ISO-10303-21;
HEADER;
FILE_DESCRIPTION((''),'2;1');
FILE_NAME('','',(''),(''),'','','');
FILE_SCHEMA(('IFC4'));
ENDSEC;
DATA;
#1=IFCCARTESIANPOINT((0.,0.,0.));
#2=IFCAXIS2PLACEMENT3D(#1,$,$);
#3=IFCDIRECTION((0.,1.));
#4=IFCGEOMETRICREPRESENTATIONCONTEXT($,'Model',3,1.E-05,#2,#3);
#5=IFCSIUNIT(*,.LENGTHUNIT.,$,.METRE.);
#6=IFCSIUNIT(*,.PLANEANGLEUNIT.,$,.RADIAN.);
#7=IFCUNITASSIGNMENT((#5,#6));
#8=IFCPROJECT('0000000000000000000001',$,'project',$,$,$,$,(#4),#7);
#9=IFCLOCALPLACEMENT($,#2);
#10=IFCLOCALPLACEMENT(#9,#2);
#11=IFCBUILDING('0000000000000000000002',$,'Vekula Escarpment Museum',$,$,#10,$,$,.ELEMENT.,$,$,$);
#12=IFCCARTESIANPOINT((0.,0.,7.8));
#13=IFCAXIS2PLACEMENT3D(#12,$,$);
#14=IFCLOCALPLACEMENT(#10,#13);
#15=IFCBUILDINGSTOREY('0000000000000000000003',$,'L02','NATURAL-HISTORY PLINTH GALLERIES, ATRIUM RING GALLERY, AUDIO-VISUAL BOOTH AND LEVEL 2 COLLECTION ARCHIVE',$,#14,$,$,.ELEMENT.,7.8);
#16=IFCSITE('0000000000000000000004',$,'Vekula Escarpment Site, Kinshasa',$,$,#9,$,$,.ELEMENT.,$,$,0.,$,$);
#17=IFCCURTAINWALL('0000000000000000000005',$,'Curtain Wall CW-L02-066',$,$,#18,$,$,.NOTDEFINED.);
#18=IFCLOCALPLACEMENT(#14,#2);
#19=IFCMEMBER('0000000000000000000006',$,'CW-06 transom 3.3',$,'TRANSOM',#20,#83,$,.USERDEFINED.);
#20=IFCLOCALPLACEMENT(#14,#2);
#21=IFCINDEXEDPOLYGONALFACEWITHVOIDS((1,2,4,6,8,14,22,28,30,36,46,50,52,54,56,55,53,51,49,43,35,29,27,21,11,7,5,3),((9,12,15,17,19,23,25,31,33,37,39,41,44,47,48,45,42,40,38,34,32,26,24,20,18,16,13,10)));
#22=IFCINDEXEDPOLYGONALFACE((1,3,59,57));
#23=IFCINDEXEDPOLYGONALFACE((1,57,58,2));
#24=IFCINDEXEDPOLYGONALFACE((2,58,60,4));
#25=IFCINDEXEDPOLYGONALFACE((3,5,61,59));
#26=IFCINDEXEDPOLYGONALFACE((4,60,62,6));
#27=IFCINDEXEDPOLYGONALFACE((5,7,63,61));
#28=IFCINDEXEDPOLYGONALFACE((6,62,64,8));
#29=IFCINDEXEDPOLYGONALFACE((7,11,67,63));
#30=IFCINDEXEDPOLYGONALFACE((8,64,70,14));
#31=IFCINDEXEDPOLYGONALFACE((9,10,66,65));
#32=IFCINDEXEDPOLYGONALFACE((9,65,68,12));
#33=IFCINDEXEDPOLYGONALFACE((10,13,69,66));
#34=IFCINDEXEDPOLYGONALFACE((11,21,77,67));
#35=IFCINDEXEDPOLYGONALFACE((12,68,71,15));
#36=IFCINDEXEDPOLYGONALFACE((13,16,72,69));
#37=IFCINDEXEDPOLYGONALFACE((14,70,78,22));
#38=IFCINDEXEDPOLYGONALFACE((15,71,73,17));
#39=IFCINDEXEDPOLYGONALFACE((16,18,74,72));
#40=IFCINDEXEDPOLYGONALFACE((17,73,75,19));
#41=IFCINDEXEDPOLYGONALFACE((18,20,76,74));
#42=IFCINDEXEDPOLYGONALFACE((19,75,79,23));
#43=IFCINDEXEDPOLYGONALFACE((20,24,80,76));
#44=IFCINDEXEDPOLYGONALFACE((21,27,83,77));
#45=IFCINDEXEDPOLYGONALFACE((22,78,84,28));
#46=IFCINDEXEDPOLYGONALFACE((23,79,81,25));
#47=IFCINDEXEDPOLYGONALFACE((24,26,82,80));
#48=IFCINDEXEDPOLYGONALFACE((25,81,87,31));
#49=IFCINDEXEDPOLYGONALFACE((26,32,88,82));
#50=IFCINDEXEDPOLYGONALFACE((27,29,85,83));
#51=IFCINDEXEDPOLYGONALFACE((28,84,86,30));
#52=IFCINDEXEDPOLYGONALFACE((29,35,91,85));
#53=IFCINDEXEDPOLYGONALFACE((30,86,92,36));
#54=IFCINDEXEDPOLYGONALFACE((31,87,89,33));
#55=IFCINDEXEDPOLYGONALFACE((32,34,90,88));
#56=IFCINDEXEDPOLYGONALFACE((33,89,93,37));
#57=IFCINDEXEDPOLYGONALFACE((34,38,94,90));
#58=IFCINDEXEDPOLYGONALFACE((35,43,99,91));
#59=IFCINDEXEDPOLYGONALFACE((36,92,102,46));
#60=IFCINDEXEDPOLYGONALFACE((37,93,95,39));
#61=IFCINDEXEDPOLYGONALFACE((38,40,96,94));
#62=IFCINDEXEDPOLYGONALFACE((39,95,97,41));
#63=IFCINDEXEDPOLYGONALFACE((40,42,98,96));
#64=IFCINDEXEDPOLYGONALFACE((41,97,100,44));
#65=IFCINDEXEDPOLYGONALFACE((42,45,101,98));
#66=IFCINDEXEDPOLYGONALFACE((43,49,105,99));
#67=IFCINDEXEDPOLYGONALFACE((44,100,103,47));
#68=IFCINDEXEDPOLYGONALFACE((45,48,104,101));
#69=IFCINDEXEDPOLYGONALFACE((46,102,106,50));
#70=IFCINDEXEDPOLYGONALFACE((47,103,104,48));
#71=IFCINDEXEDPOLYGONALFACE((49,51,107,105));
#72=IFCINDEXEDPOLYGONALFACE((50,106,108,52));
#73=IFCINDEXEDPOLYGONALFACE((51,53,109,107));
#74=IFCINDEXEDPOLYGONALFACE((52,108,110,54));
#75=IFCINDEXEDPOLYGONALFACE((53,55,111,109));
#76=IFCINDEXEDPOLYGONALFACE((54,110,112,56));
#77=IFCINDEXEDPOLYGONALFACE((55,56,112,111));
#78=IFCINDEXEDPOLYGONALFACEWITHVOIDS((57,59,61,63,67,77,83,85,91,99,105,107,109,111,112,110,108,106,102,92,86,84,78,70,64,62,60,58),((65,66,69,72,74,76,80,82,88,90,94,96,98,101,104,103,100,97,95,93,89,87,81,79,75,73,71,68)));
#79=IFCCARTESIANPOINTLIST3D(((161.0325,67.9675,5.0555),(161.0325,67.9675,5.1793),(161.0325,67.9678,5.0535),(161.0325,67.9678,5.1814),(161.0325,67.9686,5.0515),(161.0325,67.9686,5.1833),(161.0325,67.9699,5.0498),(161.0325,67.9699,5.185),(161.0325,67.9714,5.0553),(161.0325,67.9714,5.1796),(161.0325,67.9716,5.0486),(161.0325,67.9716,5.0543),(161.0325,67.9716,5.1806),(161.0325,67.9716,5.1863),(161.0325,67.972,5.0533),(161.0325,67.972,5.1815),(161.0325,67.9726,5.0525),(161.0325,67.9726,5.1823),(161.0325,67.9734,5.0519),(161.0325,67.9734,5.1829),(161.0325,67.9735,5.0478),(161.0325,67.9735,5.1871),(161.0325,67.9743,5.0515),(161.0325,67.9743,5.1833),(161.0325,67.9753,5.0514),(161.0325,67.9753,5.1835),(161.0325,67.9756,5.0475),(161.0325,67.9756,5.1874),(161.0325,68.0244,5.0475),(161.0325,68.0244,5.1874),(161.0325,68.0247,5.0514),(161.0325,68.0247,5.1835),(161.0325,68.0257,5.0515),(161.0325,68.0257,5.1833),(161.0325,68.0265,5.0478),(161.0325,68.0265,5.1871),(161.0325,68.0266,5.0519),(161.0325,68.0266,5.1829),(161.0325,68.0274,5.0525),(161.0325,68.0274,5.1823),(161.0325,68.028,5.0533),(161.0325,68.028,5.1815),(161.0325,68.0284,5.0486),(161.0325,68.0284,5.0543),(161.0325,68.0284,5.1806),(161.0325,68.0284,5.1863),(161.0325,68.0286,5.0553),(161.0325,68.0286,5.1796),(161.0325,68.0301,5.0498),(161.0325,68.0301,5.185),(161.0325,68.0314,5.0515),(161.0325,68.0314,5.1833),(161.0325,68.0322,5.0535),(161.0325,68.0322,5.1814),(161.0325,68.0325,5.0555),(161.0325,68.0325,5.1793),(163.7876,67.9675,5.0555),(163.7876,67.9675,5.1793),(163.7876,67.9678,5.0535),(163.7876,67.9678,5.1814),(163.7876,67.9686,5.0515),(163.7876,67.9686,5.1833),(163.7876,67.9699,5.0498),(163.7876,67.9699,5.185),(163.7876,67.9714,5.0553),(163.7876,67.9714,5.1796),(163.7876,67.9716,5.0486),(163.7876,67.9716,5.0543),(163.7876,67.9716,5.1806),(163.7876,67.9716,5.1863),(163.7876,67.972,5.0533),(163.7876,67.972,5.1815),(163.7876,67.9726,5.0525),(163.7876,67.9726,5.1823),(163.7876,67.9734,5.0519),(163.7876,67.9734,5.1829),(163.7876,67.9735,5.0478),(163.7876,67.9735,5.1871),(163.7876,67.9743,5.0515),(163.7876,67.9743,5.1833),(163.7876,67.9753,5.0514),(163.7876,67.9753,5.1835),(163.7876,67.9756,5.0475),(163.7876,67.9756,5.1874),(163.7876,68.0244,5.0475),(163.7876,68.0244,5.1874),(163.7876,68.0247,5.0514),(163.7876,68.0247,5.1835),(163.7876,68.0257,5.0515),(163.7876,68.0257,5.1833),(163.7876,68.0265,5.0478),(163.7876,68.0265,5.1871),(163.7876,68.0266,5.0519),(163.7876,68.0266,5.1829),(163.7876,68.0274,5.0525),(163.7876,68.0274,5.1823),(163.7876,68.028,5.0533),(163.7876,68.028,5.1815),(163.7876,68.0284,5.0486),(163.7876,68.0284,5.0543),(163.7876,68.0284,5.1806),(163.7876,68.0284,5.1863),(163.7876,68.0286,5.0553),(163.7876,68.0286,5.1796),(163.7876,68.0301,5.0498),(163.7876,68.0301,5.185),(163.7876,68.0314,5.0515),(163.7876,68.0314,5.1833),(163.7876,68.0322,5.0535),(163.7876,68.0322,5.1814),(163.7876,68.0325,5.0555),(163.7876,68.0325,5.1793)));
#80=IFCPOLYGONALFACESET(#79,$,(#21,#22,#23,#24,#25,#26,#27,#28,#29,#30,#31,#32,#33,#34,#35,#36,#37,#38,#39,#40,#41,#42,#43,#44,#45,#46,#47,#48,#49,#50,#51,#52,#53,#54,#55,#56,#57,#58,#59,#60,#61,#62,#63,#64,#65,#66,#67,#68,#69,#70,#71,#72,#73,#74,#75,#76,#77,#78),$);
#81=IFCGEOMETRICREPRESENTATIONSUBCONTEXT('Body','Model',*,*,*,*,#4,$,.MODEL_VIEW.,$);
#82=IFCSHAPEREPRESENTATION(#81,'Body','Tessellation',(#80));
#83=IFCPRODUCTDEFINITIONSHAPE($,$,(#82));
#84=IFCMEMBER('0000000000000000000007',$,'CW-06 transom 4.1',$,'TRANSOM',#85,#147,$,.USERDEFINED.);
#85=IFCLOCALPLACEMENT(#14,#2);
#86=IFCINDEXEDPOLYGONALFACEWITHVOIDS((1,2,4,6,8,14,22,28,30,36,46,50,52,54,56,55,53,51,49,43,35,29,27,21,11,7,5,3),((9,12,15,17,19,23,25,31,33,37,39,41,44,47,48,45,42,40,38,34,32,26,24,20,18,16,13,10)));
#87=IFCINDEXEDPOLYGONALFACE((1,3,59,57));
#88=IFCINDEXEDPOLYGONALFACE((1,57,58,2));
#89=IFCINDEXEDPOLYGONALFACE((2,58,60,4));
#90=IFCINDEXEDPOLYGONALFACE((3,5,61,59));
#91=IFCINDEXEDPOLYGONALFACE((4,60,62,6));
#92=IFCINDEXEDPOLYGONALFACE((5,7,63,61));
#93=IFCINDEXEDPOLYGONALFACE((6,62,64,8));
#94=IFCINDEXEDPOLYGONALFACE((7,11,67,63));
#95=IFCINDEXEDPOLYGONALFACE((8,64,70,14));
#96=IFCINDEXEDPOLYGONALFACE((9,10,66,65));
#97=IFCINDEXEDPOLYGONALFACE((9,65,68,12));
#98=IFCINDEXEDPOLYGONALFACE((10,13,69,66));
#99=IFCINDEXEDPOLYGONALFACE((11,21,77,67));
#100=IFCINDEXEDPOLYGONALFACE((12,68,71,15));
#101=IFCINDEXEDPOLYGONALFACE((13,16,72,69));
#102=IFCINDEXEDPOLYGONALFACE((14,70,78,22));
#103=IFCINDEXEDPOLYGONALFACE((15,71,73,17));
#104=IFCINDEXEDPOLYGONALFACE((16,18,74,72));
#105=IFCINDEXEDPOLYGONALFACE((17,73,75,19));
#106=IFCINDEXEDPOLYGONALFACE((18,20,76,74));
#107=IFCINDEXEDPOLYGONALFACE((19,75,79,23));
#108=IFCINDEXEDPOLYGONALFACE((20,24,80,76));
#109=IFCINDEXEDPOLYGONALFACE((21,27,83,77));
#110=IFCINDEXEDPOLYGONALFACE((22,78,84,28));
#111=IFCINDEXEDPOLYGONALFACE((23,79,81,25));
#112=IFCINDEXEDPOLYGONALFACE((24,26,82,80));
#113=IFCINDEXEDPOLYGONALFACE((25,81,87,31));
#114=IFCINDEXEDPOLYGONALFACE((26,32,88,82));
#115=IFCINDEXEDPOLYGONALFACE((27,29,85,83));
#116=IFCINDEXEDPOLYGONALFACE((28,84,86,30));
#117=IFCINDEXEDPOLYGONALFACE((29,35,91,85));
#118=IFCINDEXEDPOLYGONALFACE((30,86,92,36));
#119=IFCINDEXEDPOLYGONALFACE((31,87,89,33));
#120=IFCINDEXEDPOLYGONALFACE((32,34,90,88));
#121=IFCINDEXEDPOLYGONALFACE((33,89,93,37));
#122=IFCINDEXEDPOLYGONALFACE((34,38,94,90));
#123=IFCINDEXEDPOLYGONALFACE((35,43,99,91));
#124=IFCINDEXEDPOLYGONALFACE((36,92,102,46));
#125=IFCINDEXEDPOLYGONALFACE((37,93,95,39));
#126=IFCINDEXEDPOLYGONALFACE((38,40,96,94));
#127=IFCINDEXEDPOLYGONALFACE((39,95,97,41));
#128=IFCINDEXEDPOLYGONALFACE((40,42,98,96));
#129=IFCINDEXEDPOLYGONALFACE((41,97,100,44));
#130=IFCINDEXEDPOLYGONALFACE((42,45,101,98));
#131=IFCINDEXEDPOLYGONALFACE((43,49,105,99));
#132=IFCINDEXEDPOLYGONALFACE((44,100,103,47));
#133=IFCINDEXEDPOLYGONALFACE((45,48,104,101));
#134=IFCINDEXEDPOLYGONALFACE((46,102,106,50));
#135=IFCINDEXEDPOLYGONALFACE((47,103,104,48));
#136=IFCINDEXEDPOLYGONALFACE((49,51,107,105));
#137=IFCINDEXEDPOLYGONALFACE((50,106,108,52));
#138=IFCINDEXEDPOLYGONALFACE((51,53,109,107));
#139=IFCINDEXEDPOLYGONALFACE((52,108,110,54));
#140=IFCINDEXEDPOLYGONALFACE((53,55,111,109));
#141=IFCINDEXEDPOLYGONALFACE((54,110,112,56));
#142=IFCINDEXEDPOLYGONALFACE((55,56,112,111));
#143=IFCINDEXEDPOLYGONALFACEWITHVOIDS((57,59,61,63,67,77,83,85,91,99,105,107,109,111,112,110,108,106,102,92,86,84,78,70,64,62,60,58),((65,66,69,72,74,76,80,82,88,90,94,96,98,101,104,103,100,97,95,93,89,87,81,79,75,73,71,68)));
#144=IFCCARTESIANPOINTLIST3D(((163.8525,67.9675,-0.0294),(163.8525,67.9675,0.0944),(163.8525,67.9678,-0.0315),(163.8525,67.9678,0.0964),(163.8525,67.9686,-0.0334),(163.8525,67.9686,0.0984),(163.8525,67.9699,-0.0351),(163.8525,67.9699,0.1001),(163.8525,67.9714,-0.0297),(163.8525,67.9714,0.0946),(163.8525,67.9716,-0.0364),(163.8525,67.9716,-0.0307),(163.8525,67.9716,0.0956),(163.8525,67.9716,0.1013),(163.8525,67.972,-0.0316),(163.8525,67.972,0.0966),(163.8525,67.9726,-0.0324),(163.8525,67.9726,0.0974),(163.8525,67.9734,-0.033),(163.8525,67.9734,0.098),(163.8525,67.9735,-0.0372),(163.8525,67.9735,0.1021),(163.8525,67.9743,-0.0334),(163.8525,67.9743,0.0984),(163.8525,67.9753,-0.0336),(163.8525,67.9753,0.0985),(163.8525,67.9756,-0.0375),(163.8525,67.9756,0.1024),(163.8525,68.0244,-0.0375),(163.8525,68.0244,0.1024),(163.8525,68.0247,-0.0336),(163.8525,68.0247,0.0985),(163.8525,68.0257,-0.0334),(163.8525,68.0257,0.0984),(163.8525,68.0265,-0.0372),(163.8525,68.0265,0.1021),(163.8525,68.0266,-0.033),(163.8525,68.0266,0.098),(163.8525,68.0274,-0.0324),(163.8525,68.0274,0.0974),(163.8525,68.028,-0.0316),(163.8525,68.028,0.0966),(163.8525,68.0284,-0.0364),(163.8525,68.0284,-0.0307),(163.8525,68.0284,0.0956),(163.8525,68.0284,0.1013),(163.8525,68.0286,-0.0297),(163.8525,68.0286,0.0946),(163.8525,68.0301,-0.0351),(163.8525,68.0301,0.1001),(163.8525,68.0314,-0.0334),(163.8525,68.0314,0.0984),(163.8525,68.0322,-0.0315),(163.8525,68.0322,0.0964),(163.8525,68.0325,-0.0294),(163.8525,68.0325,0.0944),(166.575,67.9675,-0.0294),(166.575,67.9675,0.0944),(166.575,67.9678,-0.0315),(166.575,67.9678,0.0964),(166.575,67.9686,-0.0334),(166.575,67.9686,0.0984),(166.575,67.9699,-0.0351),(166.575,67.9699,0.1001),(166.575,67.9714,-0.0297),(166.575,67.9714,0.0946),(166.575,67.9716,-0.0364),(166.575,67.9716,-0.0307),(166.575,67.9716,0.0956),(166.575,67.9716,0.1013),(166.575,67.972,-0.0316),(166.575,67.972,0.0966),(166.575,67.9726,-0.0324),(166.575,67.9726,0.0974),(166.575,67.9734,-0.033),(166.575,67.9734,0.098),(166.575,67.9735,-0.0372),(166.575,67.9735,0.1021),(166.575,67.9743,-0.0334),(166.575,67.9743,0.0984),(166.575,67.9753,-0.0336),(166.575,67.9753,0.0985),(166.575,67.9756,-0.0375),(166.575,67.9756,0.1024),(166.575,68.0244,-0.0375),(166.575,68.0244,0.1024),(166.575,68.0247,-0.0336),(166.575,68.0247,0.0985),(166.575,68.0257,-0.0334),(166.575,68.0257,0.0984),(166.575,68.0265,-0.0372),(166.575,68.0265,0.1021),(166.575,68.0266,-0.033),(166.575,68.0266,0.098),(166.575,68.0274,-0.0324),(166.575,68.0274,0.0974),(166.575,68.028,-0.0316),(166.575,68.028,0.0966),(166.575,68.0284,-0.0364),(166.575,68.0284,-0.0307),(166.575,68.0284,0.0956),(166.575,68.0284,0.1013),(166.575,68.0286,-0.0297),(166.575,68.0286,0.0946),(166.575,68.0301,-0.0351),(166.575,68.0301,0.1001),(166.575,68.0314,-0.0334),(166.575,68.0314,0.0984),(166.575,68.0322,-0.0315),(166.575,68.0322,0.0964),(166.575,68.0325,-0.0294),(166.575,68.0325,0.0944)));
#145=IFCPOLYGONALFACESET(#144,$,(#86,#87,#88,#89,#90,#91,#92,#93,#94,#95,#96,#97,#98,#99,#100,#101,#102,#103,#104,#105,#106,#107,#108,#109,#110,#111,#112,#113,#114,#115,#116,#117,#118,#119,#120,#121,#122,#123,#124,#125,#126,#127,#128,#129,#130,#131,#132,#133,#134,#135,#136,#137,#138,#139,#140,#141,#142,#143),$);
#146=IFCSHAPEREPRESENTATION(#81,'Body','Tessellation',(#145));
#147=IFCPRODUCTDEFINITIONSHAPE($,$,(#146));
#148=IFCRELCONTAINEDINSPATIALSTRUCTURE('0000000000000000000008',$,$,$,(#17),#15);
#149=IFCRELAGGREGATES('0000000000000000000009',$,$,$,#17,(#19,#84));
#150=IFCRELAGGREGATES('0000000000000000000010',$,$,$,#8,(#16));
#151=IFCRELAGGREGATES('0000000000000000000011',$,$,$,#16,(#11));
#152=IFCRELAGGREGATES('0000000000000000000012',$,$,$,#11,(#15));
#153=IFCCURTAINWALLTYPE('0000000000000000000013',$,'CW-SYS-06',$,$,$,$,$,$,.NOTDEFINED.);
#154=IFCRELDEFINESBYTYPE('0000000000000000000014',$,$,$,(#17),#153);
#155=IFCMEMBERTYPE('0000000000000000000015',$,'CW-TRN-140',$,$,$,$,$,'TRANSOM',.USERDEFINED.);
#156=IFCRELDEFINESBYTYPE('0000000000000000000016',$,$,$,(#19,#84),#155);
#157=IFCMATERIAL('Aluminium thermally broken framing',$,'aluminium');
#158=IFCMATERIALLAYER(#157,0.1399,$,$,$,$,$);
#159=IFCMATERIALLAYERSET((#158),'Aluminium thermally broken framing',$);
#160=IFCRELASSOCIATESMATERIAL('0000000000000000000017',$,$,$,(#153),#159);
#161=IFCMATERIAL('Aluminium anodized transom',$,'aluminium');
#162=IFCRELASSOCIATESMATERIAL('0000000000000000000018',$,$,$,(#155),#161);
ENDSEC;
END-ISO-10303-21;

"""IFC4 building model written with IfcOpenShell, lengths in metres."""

from ifc_helpers import new_model, si_unit, direction, frame, origin, origin_2d, place, context, subcontext, project, spatial, hollow_rectangle, extrude, material, layer, layer_set, material_profile, profile_set, type_object, element, aggregate, save


model = new_model("IFC4")

# Units and contexts
model_context = context("Model", 3, precision=1e-05, world=origin(), true_north=direction((0.0, 1.0)))
body_context = subcontext(model_context, "Body", "Model", "MODEL_VIEW")
ifc_project = project(units=[si_unit("LENGTHUNIT", "METRE"), si_unit("PLANEANGLEUNIT", "RADIAN")], contexts=[model_context])

# Site, building, storey
site_placement = place(None, origin())
site = spatial("IfcSite", under=ifc_project, at=site_placement, Name="Vekula Escarpment Site, Kinshasa", CompositionType="ELEMENT", RefElevation=0.0)
building_placement = place(site_placement, origin())
building = spatial("IfcBuilding", under=site, at=building_placement, Name="Vekula Escarpment Museum", CompositionType="ELEMENT")
storey_placement = place(building_placement, frame((0.0, 0.0, 7.8)))
storey = spatial("IfcBuildingStorey", under=building, at=storey_placement, Name="L02", Description="NATURAL-HISTORY PLINTH GALLERIES, ATRIUM RING GALLERY, AUDIO-VISUAL BOOTH AND LEVEL 2 COLLECTION ARCHIVE", CompositionType="ELEMENT", Elevation=7.8)

# Curtain wall
ifc_material_1 = material(Name="Aluminium thermally broken framing", Category="aluminium")
ifc_layer_1 = layer(ifc_material_1, 0.1399)
ifc_layer_set_1 = layer_set([ifc_layer_1], Name="Aluminium thermally broken framing")
curtain_wall_type_1 = type_object("IfcCurtainWallType", Name="CW-SYS-06", PredefinedType="NOTDEFINED", material=ifc_layer_set_1)
curtain_wall_1_placement = place(storey_placement, origin())
curtain_wall_1 = element("IfcCurtainWall", 1, at=curtain_wall_1_placement, inside=storey, type_object=curtain_wall_type_1, Name="Curtain Wall CW-L02-066", PredefinedType="NOTDEFINED")

# Members
ifc_material_2 = material(Name="Aluminium anodized transom", Category="aluminium")
ifc_material_profile_1 = material_profile(ifc_material_2, hollow_rectangle(XDim=0.0649, YDim=0.1399, WallThickness=0.0039, InnerFilletRadius=0.0039, OuterFilletRadius=0.0081, at=origin_2d()), Name="ALU 140x65x4")
ifc_profile_set_1 = profile_set([ifc_material_profile_1], Name="Aluminium anodized transom")
member_type_1 = type_object("IfcMemberType", Name="CW-TRN-140", ElementType="TRANSOM", PredefinedType="USERDEFINED", material=ifc_profile_set_1)
member_1_placement = place(storey_placement, frame((161.0325, 68.0, 5.1174), z_axis=(1.0, 0.0, 0.0), x_axis=(0.0, 1.0, 0.0)))
member_1 = element("IfcMember", 2, at=member_1_placement, type_object=member_type_1, Name="CW-06 transom 3.3", ObjectType="TRANSOM", PredefinedType="USERDEFINED", context=body_context, shape_type="SweptSolid", body=[
    extrude(hollow_rectangle(XDim=0.0649, YDim=0.1399, WallThickness=0.0039, InnerFilletRadius=0.0039, OuterFilletRadius=0.0081, at=origin_2d()), origin(), (0.0, 0.0, 1.0), 2.7551),
])
member_2_placement = place(storey_placement, frame((163.8525, 68.0, 0.0325), z_axis=(1.0, 0.0, 0.0), x_axis=(0.0, 1.0, 0.0)))
member_2 = element("IfcMember", 3, at=member_2_placement, type_object=member_type_1, Name="CW-06 transom 4.1", ObjectType="TRANSOM", PredefinedType="USERDEFINED", context=body_context, shape_type="SweptSolid", body=[
    extrude(hollow_rectangle(XDim=0.0649, YDim=0.1399, WallThickness=0.0039, InnerFilletRadius=0.0039, OuterFilletRadius=0.0081, at=origin_2d()), origin(), (0.0, 0.0, 1.0), 2.7224),
])

aggregate(curtain_wall_1, [member_1, member_2])

save(model, "model.ifc")
